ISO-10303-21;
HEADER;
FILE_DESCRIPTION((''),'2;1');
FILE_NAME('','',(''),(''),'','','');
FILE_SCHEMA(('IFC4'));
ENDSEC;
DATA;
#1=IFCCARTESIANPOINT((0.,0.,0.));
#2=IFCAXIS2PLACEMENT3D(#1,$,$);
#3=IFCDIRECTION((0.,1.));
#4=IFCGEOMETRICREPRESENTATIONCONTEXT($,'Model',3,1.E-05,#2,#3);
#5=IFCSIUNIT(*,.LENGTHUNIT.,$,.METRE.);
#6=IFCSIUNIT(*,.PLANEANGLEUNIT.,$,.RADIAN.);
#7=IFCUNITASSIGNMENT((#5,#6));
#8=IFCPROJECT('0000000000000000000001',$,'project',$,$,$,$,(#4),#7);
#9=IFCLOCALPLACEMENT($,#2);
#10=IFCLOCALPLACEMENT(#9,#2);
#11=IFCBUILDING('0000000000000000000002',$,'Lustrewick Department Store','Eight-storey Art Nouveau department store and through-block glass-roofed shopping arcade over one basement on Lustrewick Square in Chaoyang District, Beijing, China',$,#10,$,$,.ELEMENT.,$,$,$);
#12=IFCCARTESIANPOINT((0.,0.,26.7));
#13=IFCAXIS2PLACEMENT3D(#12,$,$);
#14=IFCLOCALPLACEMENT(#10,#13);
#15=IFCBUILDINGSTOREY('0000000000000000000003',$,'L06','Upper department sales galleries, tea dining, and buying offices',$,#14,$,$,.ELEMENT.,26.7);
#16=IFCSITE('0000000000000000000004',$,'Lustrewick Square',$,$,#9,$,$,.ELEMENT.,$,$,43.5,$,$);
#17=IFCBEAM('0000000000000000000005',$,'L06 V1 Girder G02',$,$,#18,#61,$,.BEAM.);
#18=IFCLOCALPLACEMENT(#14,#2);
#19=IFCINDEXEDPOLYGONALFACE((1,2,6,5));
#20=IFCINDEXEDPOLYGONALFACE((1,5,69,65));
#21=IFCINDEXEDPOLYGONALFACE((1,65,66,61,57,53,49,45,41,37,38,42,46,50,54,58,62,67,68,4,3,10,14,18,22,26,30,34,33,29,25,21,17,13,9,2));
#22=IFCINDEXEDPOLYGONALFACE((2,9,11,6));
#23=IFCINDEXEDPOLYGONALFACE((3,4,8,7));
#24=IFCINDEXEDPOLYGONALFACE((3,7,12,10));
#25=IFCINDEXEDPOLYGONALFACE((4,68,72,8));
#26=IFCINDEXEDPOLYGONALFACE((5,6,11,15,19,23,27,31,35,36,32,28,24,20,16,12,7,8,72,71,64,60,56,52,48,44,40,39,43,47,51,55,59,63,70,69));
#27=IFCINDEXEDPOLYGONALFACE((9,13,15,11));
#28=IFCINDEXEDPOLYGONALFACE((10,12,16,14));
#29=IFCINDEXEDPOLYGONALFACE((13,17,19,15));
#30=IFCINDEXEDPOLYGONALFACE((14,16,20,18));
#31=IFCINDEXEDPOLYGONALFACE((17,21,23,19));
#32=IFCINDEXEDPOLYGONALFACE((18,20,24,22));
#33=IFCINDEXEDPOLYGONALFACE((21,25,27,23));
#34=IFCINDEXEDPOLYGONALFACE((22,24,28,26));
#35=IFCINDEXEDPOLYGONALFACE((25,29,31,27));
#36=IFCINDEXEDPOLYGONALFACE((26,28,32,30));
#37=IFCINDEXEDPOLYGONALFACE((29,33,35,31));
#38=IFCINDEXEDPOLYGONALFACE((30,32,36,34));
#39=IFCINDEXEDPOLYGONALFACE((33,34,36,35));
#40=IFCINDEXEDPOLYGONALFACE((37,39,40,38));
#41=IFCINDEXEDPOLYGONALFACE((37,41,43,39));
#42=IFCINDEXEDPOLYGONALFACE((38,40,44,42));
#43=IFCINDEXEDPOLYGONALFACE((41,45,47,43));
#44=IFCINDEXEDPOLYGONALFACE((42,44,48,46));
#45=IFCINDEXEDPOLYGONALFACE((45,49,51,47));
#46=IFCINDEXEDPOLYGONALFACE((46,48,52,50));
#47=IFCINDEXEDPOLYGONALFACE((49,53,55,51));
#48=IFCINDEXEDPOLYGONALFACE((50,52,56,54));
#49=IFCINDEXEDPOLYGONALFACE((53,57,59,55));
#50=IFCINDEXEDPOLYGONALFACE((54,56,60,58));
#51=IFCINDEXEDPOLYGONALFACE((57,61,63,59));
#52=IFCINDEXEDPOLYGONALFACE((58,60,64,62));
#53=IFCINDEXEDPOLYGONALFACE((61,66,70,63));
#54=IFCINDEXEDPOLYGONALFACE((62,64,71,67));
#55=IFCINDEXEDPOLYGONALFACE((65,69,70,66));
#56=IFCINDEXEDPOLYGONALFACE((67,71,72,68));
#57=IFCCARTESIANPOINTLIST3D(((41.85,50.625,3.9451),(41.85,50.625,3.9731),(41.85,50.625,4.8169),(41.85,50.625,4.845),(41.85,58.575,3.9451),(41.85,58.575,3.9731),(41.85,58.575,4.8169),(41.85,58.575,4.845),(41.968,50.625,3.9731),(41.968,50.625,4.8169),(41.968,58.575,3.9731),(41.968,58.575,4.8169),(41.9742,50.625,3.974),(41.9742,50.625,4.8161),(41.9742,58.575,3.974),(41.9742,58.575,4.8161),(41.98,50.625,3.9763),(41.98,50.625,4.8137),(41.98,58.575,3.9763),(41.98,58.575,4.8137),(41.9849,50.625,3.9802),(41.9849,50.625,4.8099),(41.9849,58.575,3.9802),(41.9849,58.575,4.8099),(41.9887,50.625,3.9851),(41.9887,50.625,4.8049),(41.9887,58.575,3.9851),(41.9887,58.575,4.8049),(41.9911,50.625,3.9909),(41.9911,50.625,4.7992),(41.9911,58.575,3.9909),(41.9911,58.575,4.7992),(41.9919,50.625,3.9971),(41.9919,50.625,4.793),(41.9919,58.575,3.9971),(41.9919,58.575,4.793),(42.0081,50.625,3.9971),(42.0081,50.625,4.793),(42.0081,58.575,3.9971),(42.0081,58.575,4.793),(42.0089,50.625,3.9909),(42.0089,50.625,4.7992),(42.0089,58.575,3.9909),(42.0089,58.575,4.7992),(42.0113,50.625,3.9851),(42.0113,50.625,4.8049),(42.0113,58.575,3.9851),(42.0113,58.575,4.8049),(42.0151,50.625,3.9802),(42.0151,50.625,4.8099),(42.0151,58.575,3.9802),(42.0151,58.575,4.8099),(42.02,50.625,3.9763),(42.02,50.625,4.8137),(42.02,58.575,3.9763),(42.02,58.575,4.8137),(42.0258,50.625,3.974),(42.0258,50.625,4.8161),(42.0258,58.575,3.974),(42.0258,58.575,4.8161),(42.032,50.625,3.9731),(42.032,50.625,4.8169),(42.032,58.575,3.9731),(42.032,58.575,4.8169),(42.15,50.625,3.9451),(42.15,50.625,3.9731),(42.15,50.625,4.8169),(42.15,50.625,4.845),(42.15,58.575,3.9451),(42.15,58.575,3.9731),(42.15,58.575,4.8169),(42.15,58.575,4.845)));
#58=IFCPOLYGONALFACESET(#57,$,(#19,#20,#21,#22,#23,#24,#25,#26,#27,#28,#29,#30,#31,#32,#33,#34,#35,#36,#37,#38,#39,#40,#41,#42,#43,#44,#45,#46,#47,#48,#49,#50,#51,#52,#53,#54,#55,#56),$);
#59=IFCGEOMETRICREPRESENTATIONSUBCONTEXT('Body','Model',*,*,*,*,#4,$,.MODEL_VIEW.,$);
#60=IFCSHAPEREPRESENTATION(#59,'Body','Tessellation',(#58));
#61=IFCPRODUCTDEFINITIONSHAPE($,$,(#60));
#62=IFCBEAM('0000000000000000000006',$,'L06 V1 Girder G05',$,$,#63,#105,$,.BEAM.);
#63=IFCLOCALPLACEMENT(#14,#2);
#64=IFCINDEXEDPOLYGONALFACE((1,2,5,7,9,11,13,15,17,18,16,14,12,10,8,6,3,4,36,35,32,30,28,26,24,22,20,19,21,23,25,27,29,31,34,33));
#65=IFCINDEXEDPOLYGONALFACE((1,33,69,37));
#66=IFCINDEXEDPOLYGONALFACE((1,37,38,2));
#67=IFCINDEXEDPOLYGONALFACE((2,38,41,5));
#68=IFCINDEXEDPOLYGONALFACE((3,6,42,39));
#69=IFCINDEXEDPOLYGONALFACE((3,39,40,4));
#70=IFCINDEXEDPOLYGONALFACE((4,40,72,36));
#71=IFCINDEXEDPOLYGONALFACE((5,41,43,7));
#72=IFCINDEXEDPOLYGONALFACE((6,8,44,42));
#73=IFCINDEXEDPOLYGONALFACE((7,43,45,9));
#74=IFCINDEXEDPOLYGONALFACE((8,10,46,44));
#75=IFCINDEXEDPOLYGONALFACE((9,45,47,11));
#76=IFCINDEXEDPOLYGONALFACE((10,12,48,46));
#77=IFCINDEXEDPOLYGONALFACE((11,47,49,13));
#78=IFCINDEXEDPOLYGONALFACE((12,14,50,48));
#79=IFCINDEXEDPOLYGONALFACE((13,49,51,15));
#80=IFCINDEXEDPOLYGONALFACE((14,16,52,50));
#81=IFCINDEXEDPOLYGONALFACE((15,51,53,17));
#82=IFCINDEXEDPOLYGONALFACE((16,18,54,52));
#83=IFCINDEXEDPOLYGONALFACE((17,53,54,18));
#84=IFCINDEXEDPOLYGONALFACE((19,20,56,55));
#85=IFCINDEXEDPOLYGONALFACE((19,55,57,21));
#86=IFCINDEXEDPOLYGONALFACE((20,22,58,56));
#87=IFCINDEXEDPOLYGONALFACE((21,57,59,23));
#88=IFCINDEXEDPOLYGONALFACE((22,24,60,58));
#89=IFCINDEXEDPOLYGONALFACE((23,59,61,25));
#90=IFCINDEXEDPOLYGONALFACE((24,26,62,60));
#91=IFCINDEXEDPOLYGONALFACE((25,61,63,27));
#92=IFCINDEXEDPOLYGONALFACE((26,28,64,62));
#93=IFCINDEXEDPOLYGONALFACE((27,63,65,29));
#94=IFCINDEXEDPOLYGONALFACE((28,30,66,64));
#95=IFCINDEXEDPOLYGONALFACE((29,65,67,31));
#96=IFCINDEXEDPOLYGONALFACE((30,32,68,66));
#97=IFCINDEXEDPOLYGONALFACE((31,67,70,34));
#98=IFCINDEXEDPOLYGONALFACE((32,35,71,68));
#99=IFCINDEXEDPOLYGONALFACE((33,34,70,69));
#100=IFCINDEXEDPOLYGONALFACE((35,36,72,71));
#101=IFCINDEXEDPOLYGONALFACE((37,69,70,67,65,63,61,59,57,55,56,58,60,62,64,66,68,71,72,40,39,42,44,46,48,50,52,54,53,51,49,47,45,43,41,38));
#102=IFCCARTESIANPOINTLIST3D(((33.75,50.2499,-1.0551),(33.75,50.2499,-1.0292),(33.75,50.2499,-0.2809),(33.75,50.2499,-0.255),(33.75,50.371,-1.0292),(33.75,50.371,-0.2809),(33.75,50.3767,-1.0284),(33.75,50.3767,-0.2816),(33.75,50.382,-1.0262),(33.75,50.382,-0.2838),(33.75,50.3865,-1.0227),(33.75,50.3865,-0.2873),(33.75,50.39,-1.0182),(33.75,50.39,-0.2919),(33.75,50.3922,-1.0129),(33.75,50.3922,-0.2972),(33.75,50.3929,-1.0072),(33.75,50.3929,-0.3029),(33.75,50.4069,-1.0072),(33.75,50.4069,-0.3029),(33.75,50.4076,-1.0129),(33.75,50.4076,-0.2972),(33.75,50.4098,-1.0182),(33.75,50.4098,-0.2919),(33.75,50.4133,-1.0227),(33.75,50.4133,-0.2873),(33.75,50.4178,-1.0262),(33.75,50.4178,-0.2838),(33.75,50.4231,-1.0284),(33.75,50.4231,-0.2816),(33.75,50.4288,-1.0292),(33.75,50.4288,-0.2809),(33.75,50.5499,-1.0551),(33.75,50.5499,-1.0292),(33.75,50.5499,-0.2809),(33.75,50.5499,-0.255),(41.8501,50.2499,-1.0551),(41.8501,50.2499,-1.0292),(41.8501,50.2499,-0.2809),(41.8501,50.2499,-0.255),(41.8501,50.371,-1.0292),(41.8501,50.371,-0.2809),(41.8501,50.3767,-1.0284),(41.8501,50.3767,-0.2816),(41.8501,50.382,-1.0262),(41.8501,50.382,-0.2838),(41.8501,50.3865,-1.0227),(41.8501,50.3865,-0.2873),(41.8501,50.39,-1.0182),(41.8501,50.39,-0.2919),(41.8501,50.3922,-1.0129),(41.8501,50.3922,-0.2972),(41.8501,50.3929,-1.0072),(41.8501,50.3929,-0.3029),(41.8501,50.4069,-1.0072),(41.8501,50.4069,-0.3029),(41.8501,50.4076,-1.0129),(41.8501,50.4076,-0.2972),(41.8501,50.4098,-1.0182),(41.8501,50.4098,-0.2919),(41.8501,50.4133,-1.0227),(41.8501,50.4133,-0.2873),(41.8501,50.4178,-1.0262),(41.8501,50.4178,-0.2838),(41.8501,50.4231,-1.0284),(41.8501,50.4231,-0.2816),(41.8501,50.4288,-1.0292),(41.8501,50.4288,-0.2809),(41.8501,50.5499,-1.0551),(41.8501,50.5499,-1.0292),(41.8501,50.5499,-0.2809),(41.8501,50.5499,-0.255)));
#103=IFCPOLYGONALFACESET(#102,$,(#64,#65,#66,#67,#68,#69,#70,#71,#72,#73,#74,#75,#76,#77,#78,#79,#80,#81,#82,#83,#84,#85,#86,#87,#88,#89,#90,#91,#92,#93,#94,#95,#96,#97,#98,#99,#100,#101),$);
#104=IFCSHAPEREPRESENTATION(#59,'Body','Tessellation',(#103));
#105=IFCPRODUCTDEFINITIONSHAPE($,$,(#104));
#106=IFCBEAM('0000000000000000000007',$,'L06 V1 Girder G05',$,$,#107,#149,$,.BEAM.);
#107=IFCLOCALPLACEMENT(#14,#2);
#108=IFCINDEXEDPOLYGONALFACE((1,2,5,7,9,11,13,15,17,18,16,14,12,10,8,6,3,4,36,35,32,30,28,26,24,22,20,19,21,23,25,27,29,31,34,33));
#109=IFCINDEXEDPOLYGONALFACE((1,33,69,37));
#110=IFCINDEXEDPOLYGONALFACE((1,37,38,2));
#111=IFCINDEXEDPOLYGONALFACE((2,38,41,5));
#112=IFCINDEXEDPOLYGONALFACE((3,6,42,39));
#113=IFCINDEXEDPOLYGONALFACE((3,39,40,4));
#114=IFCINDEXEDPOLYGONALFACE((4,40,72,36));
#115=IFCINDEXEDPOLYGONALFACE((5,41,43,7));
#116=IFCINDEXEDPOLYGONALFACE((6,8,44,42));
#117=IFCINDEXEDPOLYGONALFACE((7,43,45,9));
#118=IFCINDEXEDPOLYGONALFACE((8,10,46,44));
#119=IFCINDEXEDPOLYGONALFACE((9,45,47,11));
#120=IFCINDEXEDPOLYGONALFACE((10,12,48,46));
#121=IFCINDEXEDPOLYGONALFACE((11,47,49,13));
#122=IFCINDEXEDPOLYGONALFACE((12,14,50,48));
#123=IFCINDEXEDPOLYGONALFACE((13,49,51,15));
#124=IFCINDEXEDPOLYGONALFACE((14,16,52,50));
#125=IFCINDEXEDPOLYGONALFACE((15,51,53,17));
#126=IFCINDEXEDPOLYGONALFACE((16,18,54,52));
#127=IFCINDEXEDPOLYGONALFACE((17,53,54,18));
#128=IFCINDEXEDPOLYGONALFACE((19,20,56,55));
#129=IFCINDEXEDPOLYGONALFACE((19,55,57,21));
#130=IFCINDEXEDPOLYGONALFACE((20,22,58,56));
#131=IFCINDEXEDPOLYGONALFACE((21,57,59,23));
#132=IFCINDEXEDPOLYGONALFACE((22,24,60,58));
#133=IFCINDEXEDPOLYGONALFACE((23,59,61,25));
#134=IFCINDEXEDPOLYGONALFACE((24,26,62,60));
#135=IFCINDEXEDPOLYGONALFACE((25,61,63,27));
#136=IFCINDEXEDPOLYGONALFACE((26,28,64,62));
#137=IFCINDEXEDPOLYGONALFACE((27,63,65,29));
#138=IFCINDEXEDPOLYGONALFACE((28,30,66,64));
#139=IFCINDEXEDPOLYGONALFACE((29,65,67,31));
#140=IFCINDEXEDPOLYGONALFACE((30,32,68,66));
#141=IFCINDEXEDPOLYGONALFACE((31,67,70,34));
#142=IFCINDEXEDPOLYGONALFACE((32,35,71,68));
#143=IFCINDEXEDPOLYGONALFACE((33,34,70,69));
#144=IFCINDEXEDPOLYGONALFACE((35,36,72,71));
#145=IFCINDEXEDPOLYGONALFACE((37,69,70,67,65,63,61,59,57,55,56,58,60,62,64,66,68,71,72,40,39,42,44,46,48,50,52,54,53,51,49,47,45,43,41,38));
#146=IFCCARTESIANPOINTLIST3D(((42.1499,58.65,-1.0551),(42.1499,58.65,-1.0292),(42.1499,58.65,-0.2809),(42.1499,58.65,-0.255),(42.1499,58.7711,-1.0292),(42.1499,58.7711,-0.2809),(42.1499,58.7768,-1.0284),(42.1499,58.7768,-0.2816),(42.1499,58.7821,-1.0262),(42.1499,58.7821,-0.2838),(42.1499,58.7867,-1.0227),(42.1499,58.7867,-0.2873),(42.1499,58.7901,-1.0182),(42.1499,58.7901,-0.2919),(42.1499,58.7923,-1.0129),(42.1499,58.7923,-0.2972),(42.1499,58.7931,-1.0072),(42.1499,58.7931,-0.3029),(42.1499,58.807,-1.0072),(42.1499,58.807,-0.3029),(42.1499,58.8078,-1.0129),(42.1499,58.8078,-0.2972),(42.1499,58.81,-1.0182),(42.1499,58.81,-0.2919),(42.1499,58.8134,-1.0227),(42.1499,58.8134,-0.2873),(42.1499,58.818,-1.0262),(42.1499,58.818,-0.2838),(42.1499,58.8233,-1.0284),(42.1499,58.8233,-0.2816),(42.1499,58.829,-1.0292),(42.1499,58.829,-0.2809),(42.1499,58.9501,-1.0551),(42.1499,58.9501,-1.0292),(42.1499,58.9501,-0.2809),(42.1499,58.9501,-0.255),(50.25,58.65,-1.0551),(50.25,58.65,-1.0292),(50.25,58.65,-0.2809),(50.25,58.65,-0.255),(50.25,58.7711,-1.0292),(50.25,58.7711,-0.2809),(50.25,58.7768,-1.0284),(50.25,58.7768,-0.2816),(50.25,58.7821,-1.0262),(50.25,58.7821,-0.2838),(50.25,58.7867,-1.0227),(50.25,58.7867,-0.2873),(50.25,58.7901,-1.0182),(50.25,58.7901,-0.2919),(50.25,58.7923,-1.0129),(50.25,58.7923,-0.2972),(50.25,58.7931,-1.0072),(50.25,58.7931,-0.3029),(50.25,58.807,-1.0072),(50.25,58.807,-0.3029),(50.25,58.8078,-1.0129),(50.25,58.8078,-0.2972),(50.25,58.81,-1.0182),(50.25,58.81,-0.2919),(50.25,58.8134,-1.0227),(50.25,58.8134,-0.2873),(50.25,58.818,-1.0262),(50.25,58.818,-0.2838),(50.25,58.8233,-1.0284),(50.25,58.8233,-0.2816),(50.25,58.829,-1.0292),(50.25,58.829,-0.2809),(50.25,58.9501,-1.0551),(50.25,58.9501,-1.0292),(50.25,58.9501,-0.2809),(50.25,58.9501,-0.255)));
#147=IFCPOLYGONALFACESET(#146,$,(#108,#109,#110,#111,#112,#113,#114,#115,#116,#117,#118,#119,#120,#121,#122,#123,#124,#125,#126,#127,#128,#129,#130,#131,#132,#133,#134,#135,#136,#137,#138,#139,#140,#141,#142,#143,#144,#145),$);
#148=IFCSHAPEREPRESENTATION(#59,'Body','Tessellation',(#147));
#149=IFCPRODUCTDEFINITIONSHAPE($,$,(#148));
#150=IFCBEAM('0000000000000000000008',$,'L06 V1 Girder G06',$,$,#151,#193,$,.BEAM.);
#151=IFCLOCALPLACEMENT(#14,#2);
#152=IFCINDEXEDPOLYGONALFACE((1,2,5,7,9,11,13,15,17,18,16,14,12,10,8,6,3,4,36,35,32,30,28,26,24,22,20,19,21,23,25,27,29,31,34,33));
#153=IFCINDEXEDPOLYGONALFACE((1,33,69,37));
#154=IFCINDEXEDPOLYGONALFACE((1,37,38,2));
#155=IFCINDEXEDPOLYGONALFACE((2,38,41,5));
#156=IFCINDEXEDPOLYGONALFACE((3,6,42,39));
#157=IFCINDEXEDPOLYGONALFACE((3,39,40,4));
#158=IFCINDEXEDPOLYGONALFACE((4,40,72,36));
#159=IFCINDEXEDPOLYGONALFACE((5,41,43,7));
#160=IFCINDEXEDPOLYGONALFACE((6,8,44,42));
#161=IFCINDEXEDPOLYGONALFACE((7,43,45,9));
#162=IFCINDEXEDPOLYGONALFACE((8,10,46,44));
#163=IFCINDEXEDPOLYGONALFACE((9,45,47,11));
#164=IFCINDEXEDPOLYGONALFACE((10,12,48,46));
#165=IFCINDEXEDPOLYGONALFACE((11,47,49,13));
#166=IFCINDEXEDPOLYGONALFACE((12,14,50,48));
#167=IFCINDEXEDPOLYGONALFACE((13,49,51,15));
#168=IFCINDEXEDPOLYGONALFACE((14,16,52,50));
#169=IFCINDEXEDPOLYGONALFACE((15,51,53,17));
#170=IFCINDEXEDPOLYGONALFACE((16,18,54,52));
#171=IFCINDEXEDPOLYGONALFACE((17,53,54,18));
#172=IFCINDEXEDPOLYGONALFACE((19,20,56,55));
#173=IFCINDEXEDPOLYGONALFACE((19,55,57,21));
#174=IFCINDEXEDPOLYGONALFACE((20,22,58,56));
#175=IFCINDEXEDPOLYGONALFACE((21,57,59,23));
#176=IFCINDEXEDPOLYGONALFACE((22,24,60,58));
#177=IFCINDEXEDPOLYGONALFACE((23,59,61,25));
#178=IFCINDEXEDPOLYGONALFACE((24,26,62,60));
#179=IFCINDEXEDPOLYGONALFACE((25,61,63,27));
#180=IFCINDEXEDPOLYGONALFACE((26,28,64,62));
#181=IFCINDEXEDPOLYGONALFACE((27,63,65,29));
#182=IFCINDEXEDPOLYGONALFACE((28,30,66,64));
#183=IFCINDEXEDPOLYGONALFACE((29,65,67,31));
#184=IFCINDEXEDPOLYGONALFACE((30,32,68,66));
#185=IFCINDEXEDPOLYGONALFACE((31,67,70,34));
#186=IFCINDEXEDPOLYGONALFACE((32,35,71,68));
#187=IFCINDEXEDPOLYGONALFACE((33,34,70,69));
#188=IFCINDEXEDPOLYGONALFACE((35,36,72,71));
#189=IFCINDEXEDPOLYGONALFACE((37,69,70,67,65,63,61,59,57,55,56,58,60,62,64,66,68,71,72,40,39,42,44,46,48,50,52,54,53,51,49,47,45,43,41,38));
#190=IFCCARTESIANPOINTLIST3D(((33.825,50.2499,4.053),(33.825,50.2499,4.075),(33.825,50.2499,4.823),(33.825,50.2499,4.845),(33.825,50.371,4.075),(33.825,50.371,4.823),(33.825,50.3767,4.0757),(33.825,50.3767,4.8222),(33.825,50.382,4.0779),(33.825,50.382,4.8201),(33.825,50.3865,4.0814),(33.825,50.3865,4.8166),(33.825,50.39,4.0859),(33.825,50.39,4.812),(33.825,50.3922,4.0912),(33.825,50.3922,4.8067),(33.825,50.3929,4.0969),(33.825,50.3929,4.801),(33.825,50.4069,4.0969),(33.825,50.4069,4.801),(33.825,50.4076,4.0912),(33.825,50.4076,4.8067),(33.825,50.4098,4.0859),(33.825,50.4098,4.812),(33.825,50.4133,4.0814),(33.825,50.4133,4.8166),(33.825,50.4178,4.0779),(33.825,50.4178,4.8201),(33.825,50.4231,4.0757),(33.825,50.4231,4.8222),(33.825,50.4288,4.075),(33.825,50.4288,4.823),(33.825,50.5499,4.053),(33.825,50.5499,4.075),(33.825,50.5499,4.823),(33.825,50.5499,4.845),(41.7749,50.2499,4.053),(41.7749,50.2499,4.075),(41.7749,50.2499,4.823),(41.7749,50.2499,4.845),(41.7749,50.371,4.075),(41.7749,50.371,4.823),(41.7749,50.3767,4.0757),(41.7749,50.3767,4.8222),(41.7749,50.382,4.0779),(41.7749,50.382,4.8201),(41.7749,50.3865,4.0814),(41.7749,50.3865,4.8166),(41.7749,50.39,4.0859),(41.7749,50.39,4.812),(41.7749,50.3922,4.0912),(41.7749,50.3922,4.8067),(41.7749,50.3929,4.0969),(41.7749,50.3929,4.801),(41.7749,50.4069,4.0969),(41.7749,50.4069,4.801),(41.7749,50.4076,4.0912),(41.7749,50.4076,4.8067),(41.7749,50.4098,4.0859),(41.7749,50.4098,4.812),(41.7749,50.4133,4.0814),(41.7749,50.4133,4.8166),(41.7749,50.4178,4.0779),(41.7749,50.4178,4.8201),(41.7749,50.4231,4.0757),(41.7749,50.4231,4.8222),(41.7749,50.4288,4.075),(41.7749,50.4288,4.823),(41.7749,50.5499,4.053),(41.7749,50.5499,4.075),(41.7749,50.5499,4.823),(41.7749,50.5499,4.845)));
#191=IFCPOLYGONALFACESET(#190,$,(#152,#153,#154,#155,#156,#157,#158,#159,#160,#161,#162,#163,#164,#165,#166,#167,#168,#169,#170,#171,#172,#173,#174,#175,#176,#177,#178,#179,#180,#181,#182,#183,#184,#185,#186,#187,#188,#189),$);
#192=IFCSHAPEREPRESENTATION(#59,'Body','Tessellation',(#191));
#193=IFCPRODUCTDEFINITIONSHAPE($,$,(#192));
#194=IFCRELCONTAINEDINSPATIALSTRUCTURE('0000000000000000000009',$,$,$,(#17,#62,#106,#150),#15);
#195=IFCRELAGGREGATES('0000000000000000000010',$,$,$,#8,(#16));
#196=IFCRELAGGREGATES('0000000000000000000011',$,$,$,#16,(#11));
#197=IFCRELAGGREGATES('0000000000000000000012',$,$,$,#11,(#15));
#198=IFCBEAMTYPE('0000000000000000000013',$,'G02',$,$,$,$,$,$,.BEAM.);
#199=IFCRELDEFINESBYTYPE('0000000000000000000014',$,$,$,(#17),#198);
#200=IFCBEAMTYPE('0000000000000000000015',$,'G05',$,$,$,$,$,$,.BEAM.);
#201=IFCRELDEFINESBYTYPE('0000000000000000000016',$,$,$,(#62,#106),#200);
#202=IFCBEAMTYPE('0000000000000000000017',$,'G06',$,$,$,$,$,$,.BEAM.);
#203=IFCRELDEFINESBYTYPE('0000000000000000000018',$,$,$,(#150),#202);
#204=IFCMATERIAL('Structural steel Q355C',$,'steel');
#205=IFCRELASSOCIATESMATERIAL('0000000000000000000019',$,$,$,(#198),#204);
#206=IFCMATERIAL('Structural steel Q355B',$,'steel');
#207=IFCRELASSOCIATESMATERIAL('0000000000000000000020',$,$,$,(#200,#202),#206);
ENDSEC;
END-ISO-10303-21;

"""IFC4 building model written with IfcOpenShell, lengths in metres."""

from ifc_helpers import new_model, si_unit, direction, frame, origin, origin_2d, place, context, subcontext, project, spatial, i_section, extrude, material, material_profile, profile_set, type_object, element, save


model = new_model("IFC4")

# Units and contexts
model_context = context("Model", 3, precision=1e-05, world=origin(), true_north=direction((0.0, 1.0)))
body_context = subcontext(model_context, "Body", "Model", "MODEL_VIEW")
ifc_project = project(units=[si_unit("LENGTHUNIT", "METRE"), si_unit("PLANEANGLEUNIT", "RADIAN")], contexts=[model_context])

# Site, building, storey
site_placement = place(None, origin())
site = spatial("IfcSite", under=ifc_project, at=site_placement, Name="Lustrewick Square", CompositionType="ELEMENT", RefElevation=43.5)
building_placement = place(site_placement, origin())
building = spatial("IfcBuilding", under=site, at=building_placement, Name="Lustrewick Department Store", Description="Eight-storey Art Nouveau department store and through-block glass-roofed shopping arcade over one basement on Lustrewick Square in Chaoyang District, Beijing, China", CompositionType="ELEMENT")
storey_placement = place(building_placement, frame((0.0, 0.0, 26.7)))
storey = spatial("IfcBuildingStorey", under=building, at=storey_placement, Name="L06", Description="Upper department sales galleries, tea dining, and buying offices", CompositionType="ELEMENT", Elevation=26.7)

# Shared definitions
ifc_material_1 = material(Name="Structural steel Q355B", Category="steel")

# Beams
ifc_material_2 = material(Name="Structural steel Q355C", Category="steel")
ifc_material_profile_1 = material_profile(ifc_material_2, i_section(OverallWidth=0.3, OverallDepth=0.8999, WebThickness=0.0161, FlangeThickness=0.0281, FilletRadius=0.0239, at=origin_2d()), Name="HN 900x300x16x28")
ifc_profile_set_1 = profile_set([ifc_material_profile_1], Name="Structural steel Q355C")
beam_type_1 = type_object("IfcBeamType", Name="G02", PredefinedType="BEAM", material=ifc_profile_set_1)
beam_1_placement = place(storey_placement, frame((42.0, 50.625, 4.395), z_axis=(0.0, 1.0, 0.0), x_axis=(-1.0, 0.0, 0.0)))
element("IfcBeam", 1, at=beam_1_placement, inside=storey, type_object=beam_type_1, Name="L06 V1 Girder G02", PredefinedType="BEAM", context=body_context, shape_type="SweptSolid", body=[
    extrude(i_section(OverallWidth=0.3, OverallDepth=0.8999, WebThickness=0.0161, FlangeThickness=0.0281, FilletRadius=0.0239, at=origin_2d()), origin(), (0.0, 0.0, 1.0), 7.95),
])
ifc_material_profile_2 = material_profile(ifc_material_1, i_section(OverallWidth=0.3, OverallDepth=0.8, WebThickness=0.0139, FlangeThickness=0.0259, FilletRadius=0.022, at=origin_2d()), Name="HN 800x300x14x26")
ifc_profile_set_2 = profile_set([ifc_material_profile_2], Name="Structural steel Q355B")
beam_type_2 = type_object("IfcBeamType", Name="G05", PredefinedType="BEAM", material=ifc_profile_set_2)
for number, where, z_axis, x_axis, name in (
    (2, (33.75, 50.3999, -0.655), (1.0, 0.0, 0.0), (0.0, 1.0, 0.0), "L06 V1 Girder G05"),
    (3, (42.1499, 58.8, -0.655), (1.0, 0.0, 0.0), (0.0, 1.0, 0.0), "L06 V1 Girder G05"),
):
    element("IfcBeam", number, at=place(storey_placement, frame(where, z_axis=z_axis, x_axis=x_axis)), inside=storey, type_object=beam_type_2, Name=name, PredefinedType="BEAM", context=body_context, shape_type="SweptSolid", body=[
        extrude(i_section(OverallWidth=0.3, OverallDepth=0.8, WebThickness=0.0139, FlangeThickness=0.0259, FilletRadius=0.022, at=origin_2d()), origin(), (0.0, 0.0, 1.0), 8.1001),
    ])
ifc_material_profile_3 = material_profile(ifc_material_1, i_section(OverallWidth=0.3, OverallDepth=0.792, WebThickness=0.0139, FlangeThickness=0.022, FilletRadius=0.022, at=origin_2d()), Name="HN 792x300x14x22")
ifc_profile_set_3 = profile_set([ifc_material_profile_3], Name="Structural steel Q355B")
beam_type_3 = type_object("IfcBeamType", Name="G06", PredefinedType="BEAM", material=ifc_profile_set_3)
for number, where, z_axis, x_axis, name in (
    (4, (33.825, 50.3999, 4.449), (1.0, 0.0, 0.0), (0.0, 1.0, 0.0), "L06 V1 Girder G06"),
):
    element("IfcBeam", number, at=place(storey_placement, frame(where, z_axis=z_axis, x_axis=x_axis)), inside=storey, type_object=beam_type_3, Name=name, PredefinedType="BEAM", context=body_context, shape_type="SweptSolid", body=[
        extrude(i_section(OverallWidth=0.3, OverallDepth=0.792, WebThickness=0.0139, FlangeThickness=0.022, FilletRadius=0.022, at=origin_2d()), origin(), (0.0, 0.0, 1.0), 7.95),
    ])

save(model, "model.ifc")
